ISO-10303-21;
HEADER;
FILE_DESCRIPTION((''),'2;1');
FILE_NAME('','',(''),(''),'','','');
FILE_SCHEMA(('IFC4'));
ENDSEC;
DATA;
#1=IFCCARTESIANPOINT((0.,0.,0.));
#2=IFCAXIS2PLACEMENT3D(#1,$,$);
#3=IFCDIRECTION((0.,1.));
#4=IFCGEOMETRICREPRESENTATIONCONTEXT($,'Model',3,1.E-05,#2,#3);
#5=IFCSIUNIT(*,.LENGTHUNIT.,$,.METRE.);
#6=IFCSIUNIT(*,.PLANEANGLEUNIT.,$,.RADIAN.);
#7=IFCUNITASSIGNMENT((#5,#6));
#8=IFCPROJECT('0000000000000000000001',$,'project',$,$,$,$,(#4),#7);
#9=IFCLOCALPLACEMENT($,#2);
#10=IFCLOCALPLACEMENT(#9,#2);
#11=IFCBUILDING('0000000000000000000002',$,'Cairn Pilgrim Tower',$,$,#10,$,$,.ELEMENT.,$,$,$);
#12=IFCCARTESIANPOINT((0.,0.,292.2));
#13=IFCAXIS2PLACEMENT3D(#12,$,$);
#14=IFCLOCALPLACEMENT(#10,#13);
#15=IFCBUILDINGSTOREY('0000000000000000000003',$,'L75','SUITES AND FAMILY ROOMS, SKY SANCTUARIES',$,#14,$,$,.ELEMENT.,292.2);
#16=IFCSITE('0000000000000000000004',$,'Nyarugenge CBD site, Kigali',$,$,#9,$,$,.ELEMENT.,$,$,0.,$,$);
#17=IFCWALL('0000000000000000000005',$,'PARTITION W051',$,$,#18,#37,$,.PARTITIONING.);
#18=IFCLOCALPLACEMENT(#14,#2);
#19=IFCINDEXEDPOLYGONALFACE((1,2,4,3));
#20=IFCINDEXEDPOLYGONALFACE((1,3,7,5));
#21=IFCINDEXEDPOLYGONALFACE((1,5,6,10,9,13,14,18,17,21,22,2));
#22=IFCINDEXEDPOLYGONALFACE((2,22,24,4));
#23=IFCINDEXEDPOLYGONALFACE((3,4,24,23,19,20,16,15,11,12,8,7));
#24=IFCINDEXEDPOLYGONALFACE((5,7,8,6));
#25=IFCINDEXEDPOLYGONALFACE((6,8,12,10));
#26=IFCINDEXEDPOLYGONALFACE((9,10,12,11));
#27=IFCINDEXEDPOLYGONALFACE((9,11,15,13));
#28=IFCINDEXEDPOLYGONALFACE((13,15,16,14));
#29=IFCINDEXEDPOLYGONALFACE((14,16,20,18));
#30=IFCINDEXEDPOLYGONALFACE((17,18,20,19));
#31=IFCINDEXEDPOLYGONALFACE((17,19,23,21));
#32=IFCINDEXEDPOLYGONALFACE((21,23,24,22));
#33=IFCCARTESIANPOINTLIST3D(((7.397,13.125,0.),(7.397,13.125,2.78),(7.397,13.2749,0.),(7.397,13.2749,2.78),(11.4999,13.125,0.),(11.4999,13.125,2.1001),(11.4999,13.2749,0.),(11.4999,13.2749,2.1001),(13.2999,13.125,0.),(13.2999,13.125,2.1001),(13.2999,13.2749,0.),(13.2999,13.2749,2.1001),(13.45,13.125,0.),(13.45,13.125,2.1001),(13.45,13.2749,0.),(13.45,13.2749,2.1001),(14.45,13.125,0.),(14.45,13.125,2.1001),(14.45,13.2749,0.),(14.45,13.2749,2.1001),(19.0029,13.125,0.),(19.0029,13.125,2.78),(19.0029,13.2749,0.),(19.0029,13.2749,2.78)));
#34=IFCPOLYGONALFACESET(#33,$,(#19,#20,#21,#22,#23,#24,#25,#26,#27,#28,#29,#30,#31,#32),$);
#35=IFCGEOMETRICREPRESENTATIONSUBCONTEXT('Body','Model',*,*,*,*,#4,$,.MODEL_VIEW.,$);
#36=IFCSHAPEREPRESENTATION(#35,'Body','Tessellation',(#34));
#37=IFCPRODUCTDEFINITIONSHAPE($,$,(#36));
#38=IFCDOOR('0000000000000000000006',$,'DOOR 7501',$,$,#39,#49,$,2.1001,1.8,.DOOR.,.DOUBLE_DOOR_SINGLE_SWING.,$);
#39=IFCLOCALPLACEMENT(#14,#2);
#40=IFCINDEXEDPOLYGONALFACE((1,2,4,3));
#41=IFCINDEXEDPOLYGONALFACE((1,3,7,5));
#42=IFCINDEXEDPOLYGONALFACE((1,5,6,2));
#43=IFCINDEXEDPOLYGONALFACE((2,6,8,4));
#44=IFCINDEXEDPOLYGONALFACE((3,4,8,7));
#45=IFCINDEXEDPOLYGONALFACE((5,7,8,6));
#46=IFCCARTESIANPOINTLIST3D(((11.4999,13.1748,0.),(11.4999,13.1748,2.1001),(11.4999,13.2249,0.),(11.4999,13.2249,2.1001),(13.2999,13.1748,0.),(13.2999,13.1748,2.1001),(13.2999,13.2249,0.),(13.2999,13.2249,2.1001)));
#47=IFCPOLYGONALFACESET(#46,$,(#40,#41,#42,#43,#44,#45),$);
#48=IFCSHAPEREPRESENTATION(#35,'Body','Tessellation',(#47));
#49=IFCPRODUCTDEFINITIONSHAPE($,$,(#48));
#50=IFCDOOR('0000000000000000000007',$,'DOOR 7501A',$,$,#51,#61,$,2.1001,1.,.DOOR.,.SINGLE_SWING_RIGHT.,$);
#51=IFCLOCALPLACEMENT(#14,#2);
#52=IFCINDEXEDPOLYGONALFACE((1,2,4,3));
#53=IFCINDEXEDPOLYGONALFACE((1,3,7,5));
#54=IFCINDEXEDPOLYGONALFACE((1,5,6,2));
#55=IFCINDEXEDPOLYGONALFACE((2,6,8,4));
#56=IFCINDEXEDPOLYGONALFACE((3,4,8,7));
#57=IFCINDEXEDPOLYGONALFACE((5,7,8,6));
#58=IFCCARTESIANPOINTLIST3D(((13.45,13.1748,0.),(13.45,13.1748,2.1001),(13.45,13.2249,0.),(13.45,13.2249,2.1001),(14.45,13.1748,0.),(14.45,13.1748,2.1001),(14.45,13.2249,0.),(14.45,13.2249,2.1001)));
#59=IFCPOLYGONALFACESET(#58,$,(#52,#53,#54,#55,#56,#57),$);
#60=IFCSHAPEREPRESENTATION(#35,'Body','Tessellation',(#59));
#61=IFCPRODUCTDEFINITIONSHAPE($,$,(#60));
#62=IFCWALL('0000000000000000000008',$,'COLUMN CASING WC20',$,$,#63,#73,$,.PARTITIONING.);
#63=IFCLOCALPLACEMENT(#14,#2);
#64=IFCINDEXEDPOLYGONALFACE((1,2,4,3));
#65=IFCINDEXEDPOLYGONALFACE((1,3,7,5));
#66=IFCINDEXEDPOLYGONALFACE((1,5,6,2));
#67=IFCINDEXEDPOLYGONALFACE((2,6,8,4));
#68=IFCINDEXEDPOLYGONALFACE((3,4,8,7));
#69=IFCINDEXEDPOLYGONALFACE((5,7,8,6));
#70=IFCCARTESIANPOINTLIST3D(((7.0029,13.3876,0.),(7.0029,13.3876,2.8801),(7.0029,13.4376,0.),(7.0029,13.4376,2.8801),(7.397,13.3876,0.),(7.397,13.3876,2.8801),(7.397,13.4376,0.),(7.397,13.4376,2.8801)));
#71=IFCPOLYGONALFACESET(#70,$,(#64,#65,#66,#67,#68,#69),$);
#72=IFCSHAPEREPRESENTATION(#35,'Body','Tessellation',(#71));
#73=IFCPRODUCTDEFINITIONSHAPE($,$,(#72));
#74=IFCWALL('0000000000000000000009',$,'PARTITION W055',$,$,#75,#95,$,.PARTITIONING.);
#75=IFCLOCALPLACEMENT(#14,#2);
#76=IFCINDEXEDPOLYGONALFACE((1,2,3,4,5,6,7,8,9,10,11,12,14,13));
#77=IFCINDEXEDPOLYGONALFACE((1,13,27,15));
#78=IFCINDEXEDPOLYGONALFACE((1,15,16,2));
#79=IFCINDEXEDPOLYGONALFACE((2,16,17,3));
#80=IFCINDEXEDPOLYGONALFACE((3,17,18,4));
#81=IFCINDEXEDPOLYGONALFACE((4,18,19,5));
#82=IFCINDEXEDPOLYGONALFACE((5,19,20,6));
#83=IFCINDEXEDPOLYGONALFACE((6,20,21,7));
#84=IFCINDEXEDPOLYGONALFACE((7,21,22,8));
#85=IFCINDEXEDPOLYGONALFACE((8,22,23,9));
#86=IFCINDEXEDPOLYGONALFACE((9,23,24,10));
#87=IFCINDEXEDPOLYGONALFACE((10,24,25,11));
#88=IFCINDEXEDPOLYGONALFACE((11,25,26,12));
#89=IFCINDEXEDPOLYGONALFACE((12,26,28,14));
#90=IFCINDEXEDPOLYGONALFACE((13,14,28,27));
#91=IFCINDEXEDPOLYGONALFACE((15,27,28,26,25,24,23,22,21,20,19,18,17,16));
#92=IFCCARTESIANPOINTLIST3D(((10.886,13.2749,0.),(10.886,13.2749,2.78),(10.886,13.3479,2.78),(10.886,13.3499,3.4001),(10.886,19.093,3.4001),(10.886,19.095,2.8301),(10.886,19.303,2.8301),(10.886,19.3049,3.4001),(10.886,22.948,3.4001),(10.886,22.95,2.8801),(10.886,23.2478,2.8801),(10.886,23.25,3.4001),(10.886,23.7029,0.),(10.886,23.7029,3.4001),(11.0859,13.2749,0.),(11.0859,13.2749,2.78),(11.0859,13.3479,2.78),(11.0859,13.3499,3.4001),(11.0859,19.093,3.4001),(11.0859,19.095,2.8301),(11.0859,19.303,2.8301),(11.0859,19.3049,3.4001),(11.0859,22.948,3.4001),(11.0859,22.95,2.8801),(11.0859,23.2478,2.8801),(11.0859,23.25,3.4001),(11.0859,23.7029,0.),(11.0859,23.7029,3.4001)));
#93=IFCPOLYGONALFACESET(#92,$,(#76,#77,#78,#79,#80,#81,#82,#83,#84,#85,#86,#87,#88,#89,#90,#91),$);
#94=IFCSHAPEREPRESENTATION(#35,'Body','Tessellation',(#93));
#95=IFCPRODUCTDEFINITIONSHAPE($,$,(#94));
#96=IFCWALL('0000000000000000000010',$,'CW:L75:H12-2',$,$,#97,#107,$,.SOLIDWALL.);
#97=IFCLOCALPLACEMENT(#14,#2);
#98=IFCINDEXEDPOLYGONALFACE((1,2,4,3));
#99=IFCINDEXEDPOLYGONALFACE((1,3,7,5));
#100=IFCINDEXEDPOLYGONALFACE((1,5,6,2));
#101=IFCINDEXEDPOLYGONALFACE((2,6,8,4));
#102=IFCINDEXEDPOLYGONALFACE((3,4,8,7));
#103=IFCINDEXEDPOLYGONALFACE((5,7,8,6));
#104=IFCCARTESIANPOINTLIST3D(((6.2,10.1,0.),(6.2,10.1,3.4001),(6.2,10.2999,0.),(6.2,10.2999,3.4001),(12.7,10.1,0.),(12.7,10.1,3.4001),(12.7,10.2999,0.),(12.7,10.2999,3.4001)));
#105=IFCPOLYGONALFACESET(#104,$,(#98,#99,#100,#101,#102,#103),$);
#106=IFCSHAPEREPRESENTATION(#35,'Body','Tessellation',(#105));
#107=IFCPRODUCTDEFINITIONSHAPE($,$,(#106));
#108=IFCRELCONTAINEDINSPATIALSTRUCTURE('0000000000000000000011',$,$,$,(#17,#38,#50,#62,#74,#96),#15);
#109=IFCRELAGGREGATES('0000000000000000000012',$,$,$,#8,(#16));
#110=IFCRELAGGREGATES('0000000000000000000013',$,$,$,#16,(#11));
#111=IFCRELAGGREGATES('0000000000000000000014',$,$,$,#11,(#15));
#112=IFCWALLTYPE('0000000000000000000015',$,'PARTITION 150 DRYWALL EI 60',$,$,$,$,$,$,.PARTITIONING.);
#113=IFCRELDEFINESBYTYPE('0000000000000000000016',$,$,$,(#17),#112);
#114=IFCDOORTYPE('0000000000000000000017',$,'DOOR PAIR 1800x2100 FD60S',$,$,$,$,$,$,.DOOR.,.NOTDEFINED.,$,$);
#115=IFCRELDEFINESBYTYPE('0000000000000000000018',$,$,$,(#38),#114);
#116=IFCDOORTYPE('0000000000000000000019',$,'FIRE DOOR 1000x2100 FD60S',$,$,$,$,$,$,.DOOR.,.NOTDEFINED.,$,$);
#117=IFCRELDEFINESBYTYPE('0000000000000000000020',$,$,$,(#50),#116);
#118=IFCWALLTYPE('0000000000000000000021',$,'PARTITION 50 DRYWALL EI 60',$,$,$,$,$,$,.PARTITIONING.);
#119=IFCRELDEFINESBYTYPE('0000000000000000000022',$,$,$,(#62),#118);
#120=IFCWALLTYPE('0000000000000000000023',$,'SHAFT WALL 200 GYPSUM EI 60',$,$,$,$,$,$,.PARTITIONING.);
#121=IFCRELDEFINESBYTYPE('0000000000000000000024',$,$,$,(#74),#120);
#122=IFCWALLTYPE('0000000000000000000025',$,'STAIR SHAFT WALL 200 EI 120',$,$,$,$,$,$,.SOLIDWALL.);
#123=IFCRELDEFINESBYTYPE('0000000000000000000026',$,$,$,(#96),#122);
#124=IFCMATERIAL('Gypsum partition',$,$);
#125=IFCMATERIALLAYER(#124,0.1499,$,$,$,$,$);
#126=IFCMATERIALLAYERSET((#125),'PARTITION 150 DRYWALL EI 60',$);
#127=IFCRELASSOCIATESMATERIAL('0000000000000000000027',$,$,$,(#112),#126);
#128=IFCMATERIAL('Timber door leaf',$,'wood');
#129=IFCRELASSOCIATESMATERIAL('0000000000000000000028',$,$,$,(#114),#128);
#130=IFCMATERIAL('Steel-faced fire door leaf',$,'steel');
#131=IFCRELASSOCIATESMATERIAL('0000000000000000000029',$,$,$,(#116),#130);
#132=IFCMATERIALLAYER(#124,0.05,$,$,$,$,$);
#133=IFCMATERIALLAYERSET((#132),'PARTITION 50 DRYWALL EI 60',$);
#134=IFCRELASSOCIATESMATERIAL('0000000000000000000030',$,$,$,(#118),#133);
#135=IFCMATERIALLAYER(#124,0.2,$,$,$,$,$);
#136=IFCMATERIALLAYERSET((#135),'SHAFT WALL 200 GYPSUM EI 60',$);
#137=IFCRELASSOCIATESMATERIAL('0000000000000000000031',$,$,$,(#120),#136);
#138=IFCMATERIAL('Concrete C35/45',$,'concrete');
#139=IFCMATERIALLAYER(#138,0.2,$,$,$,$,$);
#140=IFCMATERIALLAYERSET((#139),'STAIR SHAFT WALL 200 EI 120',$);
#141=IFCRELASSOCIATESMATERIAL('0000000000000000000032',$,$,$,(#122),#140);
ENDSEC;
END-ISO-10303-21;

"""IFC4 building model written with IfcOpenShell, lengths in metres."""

from ifc_helpers import new_model, si_unit, direction, frame, frame_2d, origin, place, context, subcontext, project, spatial, polyline, rectangle, outline, extrude, material, layer, layer_set, type_object, element, fill, save


model = new_model("IFC4")

# Units and contexts
model_context = context("Model", 3, precision=1e-05, world=origin(), true_north=direction((0.0, 1.0)))
body_context = subcontext(model_context, "Body", "Model", "MODEL_VIEW")
ifc_project = project(units=[si_unit("LENGTHUNIT", "METRE"), si_unit("PLANEANGLEUNIT", "RADIAN")], contexts=[model_context])

# Site, building, storey
site_placement = place(None, origin())
site = spatial("IfcSite", under=ifc_project, at=site_placement, Name="Nyarugenge CBD site, Kigali", CompositionType="ELEMENT", RefElevation=0.0)
building_placement = place(site_placement, origin())
building = spatial("IfcBuilding", under=site, at=building_placement, Name="Cairn Pilgrim Tower", CompositionType="ELEMENT")
storey_placement = place(building_placement, frame((0.0, 0.0, 292.2)))
storey = spatial("IfcBuildingStorey", under=building, at=storey_placement, Name="L75", Description="SUITES AND FAMILY ROOMS, SKY SANCTUARIES", CompositionType="ELEMENT", Elevation=292.2)

# Shared definitions
ifc_material_1 = material(Name="Gypsum partition")

# Shared definitions
ifc_material_2 = material(Name="Timber door leaf", Category="wood")

# Wall, openings, doors
ifc_layer_1 = layer(ifc_material_1, 0.1499)
ifc_layer_set_1 = layer_set([ifc_layer_1], Name="PARTITION 150 DRYWALL EI 60")
wall_type_1 = type_object("IfcWallType", Name="PARTITION 150 DRYWALL EI 60", PredefinedType="PARTITIONING", material=ifc_layer_set_1)
wall_1_placement = place(storey_placement, frame((7.397, 13.2, 0.0), z_axis=(0.0, 0.0, 1.0), x_axis=(1.0, 0.0, 0.0)))
wall_1 = element("IfcWall", 1, at=wall_1_placement, inside=storey, type_object=wall_type_1, Name="PARTITION W051", PredefinedType="PARTITIONING", context=body_context, shape_type="SweptSolid", body=[
    extrude(rectangle(XDim=11.606, YDim=0.1499, at=frame_2d((5.803, 0.0))), origin(), (0.0, 0.0, 1.0), 2.78),
])
opening_1_placement = place(wall_1_placement, frame((4.103, 0.0, 0.0)))
opening_1 = element("IfcOpeningElement", 2, at=opening_1_placement, cuts=wall_1, PredefinedType="OPENING", context=body_context, shape_type="SweptSolid", body=[
    extrude(rectangle(XDim=1.8, YDim=2.1001, at=frame_2d((0.8999, 1.05))), frame((0.0, 0.085, 0.0), z_axis=(0.0, -1.0, 0.0), x_axis=(1.0, 0.0, 0.0)), (0.0, 0.0, 1.0), 0.1699),
])
opening_2_placement = place(wall_1_placement, frame((6.053, 0.0, 0.0)))
opening_2 = element("IfcOpeningElement", 3, at=opening_2_placement, cuts=wall_1, PredefinedType="OPENING", context=body_context, shape_type="SweptSolid", body=[
    extrude(rectangle(XDim=1.0, YDim=2.1001, at=frame_2d((0.5, 1.05))), frame((0.0, 0.085, 0.0), z_axis=(0.0, -1.0, 0.0), x_axis=(1.0, 0.0, 0.0)), (0.0, 0.0, 1.0), 0.1699),
])
door_type_1 = type_object("IfcDoorType", Name="DOOR PAIR 1800x2100 FD60S", OperationType="NOTDEFINED", PredefinedType="DOOR", material=ifc_material_2)
door_1_placement = place(opening_1_placement, origin())
door_1 = element("IfcDoor", 4, at=door_1_placement, inside=storey, type_object=door_type_1, Name="DOOR 7501", OperationType="DOUBLE_DOOR_SINGLE_SWING", OverallHeight=2.1001, OverallWidth=1.8, PredefinedType="DOOR", context=body_context, shape_type="SweptSolid", body=[
    extrude(rectangle(XDim=1.8, YDim=2.1001, at=frame_2d((0.8999, 1.05))), frame((0.0, 0.0249, 0.0), z_axis=(0.0, -1.0, 0.0), x_axis=(1.0, 0.0, 0.0)), (0.0, 0.0, 1.0), 0.05),
])
fill(opening_1, door_1)
ifc_material_3 = material(Name="Steel-faced fire door leaf", Category="steel")
door_type_2 = type_object("IfcDoorType", Name="FIRE DOOR 1000x2100 FD60S", OperationType="NOTDEFINED", PredefinedType="DOOR", material=ifc_material_3)
door_2_placement = place(opening_2_placement, origin())
door_2 = element("IfcDoor", 5, at=door_2_placement, inside=storey, type_object=door_type_2, Name="DOOR 7501A", OperationType="SINGLE_SWING_RIGHT", OverallHeight=2.1001, OverallWidth=1.0, PredefinedType="DOOR", context=body_context, shape_type="SweptSolid", body=[
    extrude(rectangle(XDim=1.0, YDim=2.1001, at=frame_2d((0.5, 1.05))), frame((0.0, 0.0249, 0.0), z_axis=(0.0, -1.0, 0.0), x_axis=(1.0, 0.0, 0.0)), (0.0, 0.0, 1.0), 0.05),
])
fill(opening_2, door_2)

# Walls
ifc_layer_2 = layer(ifc_material_1, 0.05)
ifc_layer_set_2 = layer_set([ifc_layer_2], Name="PARTITION 50 DRYWALL EI 60")
wall_type_2 = type_object("IfcWallType", Name="PARTITION 50 DRYWALL EI 60", PredefinedType="PARTITIONING", material=ifc_layer_set_2)
wall_2_placement = place(storey_placement, frame((7.0029, 13.4126, 0.0), z_axis=(0.0, 0.0, 1.0), x_axis=(1.0, 0.0, 0.0)))
element("IfcWall", 6, at=wall_2_placement, inside=storey, type_object=wall_type_2, Name="COLUMN CASING WC20", PredefinedType="PARTITIONING", context=body_context, shape_type="SweptSolid", body=[
    extrude(rectangle(XDim=0.394, YDim=0.05, at=frame_2d((0.197, 0.0))), origin(), (0.0, 0.0, 1.0), 2.8801),
])
ifc_layer_3 = layer(ifc_material_1, 0.2)
ifc_layer_set_3 = layer_set([ifc_layer_3], Name="SHAFT WALL 200 GYPSUM EI 60")
wall_type_3 = type_object("IfcWallType", Name="SHAFT WALL 200 GYPSUM EI 60", PredefinedType="PARTITIONING", material=ifc_layer_set_3)
wall_3_placement = place(storey_placement, frame((10.9861, 13.2749, 0.0), z_axis=(0.0, 0.0, 1.0), x_axis=(0.0, 1.0, 0.0)))
element("IfcWall", 7, at=wall_3_placement, inside=storey, type_object=wall_type_3, Name="PARTITION W055", PredefinedType="PARTITIONING", context=body_context, shape_type="SweptSolid", body=[
    extrude(outline(polyline([(0.0, 0.0), (10.428, 0.0), (10.428, 3.4001), (9.9751, 3.4001), (9.9729, 2.8801), (9.675, 2.8801), (9.6731, 3.4001), (6.03, 3.4001), (6.0281, 2.8301), (5.8201, 2.8301), (5.8181, 3.4001), (0.075, 3.4001), (0.073, 2.78), (0.0, 2.78), (0.0, 0.0)])), frame((0.0, 0.1001, 0.0), z_axis=(0.0, -1.0, 0.0), x_axis=(1.0, 0.0, 0.0)), (0.0, 0.0, 1.0), 0.2),
])
ifc_material_4 = material(Name="Concrete C35/45", Category="concrete")
ifc_layer_4 = layer(ifc_material_4, 0.2)
ifc_layer_set_4 = layer_set([ifc_layer_4], Name="STAIR SHAFT WALL 200 EI 120")
wall_type_4 = type_object("IfcWallType", Name="STAIR SHAFT WALL 200 EI 120", PredefinedType="SOLIDWALL", material=ifc_layer_set_4)
wall_4_placement = place(storey_placement, frame((6.2, 10.2, 0.0), z_axis=(0.0, 0.0, 1.0), x_axis=(1.0, 0.0, 0.0)))
element("IfcWall", 8, at=wall_4_placement, inside=storey, type_object=wall_type_4, Name="CW:L75:H12-2", PredefinedType="SOLIDWALL", context=body_context, shape_type="SweptSolid", body=[
    extrude(rectangle(XDim=6.5, YDim=0.2, at=frame_2d((3.25, 0.0))), origin(), (0.0, 0.0, 1.0), 3.4001),
])

save(model, "model.ifc")
